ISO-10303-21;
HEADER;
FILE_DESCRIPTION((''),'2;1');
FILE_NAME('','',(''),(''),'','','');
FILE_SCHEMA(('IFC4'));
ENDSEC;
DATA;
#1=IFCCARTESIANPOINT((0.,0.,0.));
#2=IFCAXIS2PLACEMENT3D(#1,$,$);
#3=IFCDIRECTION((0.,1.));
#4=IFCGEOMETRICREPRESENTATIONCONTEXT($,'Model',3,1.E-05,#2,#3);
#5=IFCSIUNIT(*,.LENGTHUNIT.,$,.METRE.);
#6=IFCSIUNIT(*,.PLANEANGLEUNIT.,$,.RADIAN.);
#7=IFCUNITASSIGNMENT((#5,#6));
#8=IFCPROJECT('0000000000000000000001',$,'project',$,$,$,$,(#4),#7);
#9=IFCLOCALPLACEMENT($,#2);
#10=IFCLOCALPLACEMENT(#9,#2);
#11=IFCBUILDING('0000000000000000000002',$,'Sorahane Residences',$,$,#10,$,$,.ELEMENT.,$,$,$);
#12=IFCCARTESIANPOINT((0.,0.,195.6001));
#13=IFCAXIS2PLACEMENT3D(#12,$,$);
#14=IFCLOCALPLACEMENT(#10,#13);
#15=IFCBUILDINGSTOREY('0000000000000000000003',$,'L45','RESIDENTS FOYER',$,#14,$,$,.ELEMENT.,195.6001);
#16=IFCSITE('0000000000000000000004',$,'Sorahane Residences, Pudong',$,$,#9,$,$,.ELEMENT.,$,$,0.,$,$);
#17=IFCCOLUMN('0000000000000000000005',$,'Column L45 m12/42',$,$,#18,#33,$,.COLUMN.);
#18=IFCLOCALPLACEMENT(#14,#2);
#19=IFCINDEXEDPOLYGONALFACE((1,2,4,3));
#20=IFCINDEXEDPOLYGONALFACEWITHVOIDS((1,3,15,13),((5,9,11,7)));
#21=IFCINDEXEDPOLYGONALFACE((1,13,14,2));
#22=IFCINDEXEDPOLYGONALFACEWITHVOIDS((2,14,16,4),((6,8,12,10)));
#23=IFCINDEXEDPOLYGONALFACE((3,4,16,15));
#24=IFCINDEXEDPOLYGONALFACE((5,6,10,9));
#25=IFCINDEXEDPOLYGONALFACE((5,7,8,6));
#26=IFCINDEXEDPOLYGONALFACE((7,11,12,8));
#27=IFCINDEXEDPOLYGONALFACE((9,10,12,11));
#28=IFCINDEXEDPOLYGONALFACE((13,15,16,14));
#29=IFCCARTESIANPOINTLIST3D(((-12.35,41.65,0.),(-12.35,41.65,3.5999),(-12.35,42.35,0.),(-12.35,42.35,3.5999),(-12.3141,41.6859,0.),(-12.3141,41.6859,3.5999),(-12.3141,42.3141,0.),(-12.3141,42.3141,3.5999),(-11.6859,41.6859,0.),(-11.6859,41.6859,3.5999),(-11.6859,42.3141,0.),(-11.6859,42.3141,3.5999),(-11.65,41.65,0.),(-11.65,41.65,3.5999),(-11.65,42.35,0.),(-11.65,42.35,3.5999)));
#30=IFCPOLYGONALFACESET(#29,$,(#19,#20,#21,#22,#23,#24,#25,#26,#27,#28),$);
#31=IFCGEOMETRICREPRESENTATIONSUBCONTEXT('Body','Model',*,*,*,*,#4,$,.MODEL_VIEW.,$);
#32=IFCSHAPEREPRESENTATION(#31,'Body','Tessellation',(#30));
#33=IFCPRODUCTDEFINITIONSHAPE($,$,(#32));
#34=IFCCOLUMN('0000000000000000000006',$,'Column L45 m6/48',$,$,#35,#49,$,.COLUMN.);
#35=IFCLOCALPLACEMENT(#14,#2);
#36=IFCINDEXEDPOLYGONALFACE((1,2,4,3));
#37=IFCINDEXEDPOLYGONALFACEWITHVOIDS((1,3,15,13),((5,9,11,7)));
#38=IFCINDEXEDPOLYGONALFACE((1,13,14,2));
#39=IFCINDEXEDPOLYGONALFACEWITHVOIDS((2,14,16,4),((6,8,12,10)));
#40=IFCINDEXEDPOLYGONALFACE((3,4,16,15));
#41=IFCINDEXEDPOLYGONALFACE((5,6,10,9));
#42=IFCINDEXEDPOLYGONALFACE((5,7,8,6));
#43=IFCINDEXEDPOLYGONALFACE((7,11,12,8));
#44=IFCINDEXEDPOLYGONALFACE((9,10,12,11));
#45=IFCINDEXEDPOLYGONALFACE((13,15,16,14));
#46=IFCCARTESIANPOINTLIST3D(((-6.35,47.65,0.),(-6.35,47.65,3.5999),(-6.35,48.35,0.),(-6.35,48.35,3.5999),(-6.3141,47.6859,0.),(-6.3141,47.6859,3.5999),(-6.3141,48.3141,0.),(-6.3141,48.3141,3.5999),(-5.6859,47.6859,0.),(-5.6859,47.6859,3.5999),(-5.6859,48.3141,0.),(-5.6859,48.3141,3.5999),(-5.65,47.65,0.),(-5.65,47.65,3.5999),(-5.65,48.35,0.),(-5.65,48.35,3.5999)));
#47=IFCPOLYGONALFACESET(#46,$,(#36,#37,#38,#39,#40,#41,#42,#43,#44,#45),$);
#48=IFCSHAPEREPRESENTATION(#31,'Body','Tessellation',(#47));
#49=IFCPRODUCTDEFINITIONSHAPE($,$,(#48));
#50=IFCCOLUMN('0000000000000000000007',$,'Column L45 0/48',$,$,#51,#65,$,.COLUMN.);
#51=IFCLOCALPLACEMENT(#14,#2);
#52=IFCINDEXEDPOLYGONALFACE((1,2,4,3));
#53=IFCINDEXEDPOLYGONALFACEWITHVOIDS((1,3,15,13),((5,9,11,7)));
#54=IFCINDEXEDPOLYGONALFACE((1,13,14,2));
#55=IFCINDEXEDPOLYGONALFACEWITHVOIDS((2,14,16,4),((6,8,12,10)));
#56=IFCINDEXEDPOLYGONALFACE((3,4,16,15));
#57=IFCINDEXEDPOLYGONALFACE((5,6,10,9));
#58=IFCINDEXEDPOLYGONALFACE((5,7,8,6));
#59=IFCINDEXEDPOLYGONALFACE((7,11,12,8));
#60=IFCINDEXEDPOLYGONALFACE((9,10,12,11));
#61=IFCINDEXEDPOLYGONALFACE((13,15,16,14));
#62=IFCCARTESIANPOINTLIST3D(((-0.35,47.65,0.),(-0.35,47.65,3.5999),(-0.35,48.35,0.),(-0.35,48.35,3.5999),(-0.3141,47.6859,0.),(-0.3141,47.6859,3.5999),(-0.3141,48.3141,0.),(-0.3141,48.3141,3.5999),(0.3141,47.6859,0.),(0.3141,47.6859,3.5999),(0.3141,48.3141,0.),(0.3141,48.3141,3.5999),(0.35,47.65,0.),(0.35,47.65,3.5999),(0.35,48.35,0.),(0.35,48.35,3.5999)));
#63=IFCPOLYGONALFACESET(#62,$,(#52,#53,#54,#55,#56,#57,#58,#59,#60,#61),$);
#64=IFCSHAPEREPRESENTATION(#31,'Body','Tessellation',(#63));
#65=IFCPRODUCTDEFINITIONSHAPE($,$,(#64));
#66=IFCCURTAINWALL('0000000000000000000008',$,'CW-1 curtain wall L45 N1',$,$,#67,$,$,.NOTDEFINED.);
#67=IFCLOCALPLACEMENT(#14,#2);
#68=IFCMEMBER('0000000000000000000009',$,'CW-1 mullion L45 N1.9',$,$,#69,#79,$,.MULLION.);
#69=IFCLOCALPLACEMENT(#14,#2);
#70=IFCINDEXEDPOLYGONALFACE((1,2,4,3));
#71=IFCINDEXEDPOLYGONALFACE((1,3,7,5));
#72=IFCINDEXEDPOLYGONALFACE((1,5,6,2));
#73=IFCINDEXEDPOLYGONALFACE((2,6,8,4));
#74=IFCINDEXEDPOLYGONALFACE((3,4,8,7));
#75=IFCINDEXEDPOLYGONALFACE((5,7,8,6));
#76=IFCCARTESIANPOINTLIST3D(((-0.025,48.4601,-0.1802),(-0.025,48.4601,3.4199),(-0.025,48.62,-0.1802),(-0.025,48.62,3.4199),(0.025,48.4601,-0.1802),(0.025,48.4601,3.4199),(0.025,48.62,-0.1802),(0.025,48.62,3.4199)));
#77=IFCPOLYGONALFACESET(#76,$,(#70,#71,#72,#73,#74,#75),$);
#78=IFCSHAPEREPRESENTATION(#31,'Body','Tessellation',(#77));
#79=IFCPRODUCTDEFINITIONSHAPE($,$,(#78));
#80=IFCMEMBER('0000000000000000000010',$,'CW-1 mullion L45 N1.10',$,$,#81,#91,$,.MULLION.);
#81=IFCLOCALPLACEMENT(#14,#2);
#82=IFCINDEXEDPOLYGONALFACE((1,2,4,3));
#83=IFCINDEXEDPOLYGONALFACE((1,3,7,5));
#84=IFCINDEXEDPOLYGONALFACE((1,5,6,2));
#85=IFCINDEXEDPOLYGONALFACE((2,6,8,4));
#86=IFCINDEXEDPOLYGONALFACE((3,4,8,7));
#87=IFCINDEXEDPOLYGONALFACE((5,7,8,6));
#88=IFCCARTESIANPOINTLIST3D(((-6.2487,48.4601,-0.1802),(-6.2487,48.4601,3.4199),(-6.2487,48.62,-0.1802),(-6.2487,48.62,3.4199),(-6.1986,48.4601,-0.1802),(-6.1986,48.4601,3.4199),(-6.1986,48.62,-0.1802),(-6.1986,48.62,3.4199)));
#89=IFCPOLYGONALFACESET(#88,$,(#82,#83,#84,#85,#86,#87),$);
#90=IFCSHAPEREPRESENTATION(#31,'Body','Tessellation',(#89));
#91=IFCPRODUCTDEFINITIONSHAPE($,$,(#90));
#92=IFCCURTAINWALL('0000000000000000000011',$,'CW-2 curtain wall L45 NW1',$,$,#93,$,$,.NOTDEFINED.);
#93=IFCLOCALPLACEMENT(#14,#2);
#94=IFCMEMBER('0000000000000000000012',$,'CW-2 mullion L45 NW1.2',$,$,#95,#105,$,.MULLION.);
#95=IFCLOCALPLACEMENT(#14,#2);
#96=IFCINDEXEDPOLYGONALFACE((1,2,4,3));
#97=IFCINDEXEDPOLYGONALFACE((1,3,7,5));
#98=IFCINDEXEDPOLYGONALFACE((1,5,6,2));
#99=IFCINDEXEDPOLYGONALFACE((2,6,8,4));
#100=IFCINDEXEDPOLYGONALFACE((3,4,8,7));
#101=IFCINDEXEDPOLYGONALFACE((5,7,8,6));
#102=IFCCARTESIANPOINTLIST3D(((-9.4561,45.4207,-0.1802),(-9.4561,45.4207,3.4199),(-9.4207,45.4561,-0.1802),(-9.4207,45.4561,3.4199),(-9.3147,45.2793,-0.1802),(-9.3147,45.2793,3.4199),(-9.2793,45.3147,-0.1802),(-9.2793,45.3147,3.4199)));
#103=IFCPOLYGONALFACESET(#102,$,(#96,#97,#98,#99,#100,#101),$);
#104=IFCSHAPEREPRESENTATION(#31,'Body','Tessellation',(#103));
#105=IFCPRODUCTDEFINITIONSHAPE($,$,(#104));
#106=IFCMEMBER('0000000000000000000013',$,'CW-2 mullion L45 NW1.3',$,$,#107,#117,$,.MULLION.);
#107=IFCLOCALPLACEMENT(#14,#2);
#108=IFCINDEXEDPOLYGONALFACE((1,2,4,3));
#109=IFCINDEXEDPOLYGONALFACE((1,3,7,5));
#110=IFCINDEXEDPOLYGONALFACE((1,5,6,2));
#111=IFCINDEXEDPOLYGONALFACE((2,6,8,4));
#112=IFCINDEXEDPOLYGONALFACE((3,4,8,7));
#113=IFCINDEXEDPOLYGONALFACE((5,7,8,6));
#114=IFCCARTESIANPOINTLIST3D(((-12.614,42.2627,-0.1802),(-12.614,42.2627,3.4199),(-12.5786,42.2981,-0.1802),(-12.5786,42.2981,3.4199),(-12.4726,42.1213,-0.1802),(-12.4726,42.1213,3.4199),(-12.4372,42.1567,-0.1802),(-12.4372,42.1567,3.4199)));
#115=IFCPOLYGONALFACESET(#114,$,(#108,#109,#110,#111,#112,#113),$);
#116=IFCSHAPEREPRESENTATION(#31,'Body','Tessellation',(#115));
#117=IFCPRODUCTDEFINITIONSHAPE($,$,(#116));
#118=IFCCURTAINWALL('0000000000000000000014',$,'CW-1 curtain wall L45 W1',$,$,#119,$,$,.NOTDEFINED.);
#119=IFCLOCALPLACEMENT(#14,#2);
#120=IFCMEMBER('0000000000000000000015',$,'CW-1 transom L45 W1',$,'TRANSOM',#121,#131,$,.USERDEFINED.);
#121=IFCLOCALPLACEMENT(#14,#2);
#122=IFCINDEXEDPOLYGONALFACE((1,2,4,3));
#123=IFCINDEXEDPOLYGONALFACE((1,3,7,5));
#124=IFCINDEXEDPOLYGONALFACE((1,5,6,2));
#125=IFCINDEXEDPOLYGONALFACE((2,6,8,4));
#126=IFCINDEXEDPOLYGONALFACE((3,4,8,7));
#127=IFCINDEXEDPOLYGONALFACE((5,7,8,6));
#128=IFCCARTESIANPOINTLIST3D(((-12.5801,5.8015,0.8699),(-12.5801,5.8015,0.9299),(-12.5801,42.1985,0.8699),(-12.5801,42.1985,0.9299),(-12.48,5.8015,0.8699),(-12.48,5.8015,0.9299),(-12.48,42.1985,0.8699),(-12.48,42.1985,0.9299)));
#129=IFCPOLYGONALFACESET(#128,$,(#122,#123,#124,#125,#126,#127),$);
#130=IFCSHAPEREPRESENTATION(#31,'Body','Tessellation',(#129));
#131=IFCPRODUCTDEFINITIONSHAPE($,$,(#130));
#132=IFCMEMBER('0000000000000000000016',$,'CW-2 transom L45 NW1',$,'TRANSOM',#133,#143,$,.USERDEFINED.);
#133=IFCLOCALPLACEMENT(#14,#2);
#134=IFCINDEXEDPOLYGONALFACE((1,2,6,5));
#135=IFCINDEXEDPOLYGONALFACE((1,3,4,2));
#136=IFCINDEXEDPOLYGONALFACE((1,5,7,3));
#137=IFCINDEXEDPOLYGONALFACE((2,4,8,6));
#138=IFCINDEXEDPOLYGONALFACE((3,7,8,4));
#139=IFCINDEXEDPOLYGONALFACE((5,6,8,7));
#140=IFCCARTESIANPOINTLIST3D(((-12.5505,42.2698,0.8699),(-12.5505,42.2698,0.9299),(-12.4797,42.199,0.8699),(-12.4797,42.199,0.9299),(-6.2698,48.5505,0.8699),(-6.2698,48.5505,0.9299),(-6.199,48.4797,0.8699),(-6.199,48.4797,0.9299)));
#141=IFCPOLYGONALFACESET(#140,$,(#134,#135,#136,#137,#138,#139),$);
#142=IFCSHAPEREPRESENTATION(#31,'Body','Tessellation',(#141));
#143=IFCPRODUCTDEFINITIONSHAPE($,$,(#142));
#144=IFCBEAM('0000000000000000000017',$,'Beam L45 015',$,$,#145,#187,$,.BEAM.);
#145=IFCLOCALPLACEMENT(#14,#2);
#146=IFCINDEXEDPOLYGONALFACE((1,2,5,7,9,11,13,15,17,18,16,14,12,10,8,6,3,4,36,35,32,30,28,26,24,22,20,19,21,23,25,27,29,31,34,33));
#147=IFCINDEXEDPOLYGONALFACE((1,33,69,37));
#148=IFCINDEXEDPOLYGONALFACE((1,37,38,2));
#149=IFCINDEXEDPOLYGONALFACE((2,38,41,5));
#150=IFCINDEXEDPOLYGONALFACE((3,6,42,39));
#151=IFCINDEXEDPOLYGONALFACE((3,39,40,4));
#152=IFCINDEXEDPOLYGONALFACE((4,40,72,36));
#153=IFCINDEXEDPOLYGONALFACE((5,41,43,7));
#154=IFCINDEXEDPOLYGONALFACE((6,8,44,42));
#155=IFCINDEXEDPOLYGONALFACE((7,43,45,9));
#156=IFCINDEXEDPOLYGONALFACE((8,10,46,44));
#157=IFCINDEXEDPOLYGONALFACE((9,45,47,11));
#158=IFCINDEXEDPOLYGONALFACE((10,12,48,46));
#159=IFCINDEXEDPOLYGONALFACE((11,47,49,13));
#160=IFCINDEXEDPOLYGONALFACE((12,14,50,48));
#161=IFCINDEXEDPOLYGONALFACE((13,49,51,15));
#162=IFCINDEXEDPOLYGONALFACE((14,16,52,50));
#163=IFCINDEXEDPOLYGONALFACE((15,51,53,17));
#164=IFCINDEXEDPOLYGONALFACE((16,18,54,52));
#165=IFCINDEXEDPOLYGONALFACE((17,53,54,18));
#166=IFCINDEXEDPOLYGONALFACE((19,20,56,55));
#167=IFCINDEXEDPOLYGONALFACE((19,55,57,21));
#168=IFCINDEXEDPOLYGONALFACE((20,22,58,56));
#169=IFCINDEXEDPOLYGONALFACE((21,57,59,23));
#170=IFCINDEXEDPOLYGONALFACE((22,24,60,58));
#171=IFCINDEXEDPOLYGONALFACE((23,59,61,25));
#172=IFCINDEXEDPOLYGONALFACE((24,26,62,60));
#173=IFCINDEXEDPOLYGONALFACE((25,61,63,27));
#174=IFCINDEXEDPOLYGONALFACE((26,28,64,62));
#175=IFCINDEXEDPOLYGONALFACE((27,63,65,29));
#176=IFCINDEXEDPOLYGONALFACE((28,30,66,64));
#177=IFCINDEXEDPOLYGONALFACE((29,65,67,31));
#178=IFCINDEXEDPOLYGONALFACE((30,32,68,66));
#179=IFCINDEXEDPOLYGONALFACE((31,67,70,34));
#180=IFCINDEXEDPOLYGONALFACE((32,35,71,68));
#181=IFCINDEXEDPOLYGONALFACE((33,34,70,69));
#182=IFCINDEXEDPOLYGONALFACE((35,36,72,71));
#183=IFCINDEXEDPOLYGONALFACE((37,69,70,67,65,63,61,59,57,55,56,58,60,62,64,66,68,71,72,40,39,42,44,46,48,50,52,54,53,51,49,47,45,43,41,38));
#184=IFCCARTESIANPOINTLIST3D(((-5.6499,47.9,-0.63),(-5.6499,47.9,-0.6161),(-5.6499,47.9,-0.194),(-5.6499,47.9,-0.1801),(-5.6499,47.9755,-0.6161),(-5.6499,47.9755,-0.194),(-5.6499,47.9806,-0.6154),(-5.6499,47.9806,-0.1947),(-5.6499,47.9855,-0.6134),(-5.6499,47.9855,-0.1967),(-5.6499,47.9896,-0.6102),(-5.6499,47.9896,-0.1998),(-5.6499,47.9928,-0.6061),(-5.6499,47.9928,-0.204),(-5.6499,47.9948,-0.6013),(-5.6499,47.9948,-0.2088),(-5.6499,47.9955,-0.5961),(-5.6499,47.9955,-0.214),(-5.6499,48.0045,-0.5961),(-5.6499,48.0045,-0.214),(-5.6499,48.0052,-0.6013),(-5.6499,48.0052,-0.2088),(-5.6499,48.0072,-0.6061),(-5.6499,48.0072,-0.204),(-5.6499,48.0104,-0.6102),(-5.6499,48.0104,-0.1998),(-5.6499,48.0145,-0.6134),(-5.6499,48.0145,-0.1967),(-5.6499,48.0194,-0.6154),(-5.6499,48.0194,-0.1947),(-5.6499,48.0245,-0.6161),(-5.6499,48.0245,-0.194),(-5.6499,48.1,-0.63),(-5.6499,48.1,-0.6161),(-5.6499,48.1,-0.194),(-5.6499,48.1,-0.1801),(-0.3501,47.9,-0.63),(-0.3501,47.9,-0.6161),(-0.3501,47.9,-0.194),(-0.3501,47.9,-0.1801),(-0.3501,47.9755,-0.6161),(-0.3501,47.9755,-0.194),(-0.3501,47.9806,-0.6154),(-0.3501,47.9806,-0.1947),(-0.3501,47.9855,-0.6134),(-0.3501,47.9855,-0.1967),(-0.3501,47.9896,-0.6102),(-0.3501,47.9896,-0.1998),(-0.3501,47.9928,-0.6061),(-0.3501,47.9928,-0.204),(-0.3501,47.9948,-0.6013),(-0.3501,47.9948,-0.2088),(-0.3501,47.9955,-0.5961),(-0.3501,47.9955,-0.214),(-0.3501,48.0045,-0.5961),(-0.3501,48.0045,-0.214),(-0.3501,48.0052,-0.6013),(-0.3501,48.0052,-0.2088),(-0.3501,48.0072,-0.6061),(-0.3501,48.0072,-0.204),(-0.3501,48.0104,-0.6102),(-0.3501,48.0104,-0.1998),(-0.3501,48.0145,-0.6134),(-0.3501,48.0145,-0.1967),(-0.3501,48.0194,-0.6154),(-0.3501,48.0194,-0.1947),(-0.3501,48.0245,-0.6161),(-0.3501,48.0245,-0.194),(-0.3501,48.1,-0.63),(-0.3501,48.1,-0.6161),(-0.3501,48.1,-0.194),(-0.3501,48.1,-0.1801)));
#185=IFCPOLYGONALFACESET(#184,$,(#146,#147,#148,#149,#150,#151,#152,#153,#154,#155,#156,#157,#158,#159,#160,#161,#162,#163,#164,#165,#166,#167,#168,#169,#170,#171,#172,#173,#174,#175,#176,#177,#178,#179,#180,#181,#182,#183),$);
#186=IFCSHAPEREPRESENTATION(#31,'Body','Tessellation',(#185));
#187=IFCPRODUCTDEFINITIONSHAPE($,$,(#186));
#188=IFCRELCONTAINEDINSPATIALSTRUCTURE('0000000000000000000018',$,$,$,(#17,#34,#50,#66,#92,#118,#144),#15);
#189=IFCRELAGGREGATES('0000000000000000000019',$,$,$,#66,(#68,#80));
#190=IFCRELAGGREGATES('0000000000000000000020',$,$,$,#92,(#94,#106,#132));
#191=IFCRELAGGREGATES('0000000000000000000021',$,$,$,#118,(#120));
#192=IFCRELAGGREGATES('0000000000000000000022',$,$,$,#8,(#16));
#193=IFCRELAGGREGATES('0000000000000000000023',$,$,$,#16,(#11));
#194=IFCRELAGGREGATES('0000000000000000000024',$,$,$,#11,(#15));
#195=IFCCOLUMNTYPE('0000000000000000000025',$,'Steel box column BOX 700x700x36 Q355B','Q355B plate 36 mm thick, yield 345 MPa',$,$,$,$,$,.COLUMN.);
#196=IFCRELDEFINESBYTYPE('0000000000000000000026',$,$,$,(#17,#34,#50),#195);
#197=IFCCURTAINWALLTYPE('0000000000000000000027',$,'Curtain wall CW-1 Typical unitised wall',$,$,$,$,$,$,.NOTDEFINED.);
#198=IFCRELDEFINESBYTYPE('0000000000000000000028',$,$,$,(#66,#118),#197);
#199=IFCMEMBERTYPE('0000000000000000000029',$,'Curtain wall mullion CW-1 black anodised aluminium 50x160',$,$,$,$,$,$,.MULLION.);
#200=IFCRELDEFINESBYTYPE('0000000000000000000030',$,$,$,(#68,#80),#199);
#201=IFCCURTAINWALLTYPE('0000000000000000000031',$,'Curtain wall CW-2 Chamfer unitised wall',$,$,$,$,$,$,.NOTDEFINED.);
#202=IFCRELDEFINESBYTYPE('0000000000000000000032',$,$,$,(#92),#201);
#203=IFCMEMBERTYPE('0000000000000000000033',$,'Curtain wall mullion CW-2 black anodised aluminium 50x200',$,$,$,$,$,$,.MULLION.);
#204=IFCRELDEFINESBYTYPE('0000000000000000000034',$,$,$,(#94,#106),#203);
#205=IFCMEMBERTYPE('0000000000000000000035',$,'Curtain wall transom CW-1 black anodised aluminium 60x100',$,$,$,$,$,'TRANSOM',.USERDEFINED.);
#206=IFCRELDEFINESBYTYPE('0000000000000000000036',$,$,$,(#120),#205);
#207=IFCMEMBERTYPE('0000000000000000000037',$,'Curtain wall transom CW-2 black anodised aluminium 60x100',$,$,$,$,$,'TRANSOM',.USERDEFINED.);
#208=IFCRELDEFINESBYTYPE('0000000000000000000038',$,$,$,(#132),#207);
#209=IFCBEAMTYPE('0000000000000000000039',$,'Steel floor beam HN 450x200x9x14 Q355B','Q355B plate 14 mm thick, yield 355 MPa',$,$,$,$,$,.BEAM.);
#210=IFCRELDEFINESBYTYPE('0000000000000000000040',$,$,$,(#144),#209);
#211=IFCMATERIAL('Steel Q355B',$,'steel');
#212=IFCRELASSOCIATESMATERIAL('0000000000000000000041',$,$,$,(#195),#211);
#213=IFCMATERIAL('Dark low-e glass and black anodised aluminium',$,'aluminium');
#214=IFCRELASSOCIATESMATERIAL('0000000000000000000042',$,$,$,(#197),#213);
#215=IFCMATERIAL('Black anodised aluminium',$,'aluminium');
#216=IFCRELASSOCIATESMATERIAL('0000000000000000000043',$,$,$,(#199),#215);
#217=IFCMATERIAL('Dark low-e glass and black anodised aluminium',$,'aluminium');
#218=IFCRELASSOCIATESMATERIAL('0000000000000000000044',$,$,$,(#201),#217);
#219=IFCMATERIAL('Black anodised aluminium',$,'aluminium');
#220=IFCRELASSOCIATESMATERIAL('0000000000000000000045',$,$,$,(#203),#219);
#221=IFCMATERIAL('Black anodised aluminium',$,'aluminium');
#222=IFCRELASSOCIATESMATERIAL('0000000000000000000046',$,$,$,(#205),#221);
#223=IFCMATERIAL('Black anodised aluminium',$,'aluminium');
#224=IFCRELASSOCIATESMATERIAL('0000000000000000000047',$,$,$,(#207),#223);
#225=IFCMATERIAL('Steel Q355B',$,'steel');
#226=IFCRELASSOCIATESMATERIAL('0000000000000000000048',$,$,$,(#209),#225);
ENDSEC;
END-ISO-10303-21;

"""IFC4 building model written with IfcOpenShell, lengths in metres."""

from ifc_helpers import new_model, si_unit, direction, frame, origin, origin_2d, place, context, subcontext, project, spatial, rectangle, hollow_rectangle, i_section, extrude, material, material_profile, profile_set, type_object, element, aggregate, save


model = new_model("IFC4")

# Units and contexts
model_context = context("Model", 3, precision=1e-05, world=origin(), true_north=direction((0.0, 1.0)))
body_context = subcontext(model_context, "Body", "Model", "MODEL_VIEW")
ifc_project = project(units=[si_unit("LENGTHUNIT", "METRE"), si_unit("PLANEANGLEUNIT", "RADIAN")], contexts=[model_context])

# Site, building, storey
site_placement = place(None, origin())
site = spatial("IfcSite", under=ifc_project, at=site_placement, Name="Sorahane Residences, Pudong", CompositionType="ELEMENT", RefElevation=0.0)
building_placement = place(site_placement, origin())
building = spatial("IfcBuilding", under=site, at=building_placement, Name="Sorahane Residences", CompositionType="ELEMENT")
storey_placement = place(building_placement, frame((0.0, 0.0, 195.6001)))
storey = spatial("IfcBuildingStorey", under=building, at=storey_placement, Name="L45", Description="RESIDENTS FOYER", CompositionType="ELEMENT", Elevation=195.6001)

# Columns
ifc_material_1 = material(Name="Steel Q355B", Category="steel")
ifc_material_profile_1 = material_profile(ifc_material_1, hollow_rectangle(XDim=0.7, YDim=0.7, WallThickness=0.0359, at=origin_2d()), Name="BOX 700x700x36")
ifc_profile_set_1 = profile_set([ifc_material_profile_1], Name="Steel Q355B")
column_type = type_object("IfcColumnType", Name="Steel box column BOX 700x700x36 Q355B", Description="Q355B plate 36 mm thick, yield 345 MPa", PredefinedType="COLUMN", material=ifc_profile_set_1)
for number, where, z_axis, x_axis, name in (
    (1, (-12.0, 42.0, 0.0), (0.0, 0.0, 1.0), (1.0, 0.0, 0.0), "Column L45 m12/42"),
    (2, (-6.0, 48.0, 0.0), (0.0, 0.0, 1.0), (1.0, 0.0, 0.0), "Column L45 m6/48"),
    (3, (0.0, 48.0, 0.0), (0.0, 0.0, 1.0), (1.0, 0.0, 0.0), "Column L45 0/48"),
):
    element("IfcColumn", number, at=place(storey_placement, frame(where, z_axis=z_axis, x_axis=x_axis)), inside=storey, type_object=column_type, Name=name, PredefinedType="COLUMN", context=body_context, shape_type="SweptSolid", body=[
        extrude(hollow_rectangle(XDim=0.7, YDim=0.7, WallThickness=0.0359, at=origin_2d()), origin(), (0.0, 0.0, 1.0), 3.5999),
    ])

# Curtain walls, members
ifc_material_2 = material(Name="Dark low-e glass and black anodised aluminium", Category="aluminium")
curtain_wall_type_1 = type_object("IfcCurtainWallType", Name="Curtain wall CW-1 Typical unitised wall", PredefinedType="NOTDEFINED", material=ifc_material_2)
curtain_wall_1_placement = place(storey_placement, origin())
curtain_wall_1 = element("IfcCurtainWall", 4, at=curtain_wall_1_placement, inside=storey, type_object=curtain_wall_type_1, Name="CW-1 curtain wall L45 N1", PredefinedType="NOTDEFINED")
ifc_material_3 = material(Name="Black anodised aluminium", Category="aluminium")
ifc_material_profile_2 = material_profile(ifc_material_3, rectangle(XDim=0.1599, YDim=0.05, at=origin_2d()), Name="Curtain wall mullion CW-1 black anodised aluminium 50x160")
ifc_profile_set_2 = profile_set([ifc_material_profile_2], Name="Black anodised aluminium")
member_type_1 = type_object("IfcMemberType", Name="Curtain wall mullion CW-1 black anodised aluminium 50x160", PredefinedType="MULLION", material=ifc_profile_set_2)
member_1_placement = place(storey_placement, frame((0.0, 48.54, -0.1802), z_axis=(0.0, 0.0, 1.0), x_axis=(0.0, 1.0, 0.0)))
member_1 = element("IfcMember", 5, at=member_1_placement, type_object=member_type_1, Name="CW-1 mullion L45 N1.9", PredefinedType="MULLION", context=body_context, shape_type="SweptSolid", body=[
    extrude(rectangle(XDim=0.1599, YDim=0.05, at=origin_2d()), origin(), (0.0, 0.0, 1.0), 3.6001),
])
member_2_placement = place(storey_placement, frame((-6.2236, 48.54, -0.1802), z_axis=(0.0, 0.0, 1.0), x_axis=(0.0, 1.0, 0.0)))
member_2 = element("IfcMember", 6, at=member_2_placement, type_object=member_type_1, Name="CW-1 mullion L45 N1.10", PredefinedType="MULLION", context=body_context, shape_type="SweptSolid", body=[
    extrude(rectangle(XDim=0.1599, YDim=0.05, at=origin_2d()), origin(), (0.0, 0.0, 1.0), 3.6001),
])
ifc_material_4 = material(Name="Dark low-e glass and black anodised aluminium", Category="aluminium")
curtain_wall_type_2 = type_object("IfcCurtainWallType", Name="Curtain wall CW-2 Chamfer unitised wall", PredefinedType="NOTDEFINED", material=ifc_material_4)
curtain_wall_2_placement = place(storey_placement, origin())
curtain_wall_2 = element("IfcCurtainWall", 7, at=curtain_wall_2_placement, inside=storey, type_object=curtain_wall_type_2, Name="CW-2 curtain wall L45 NW1", PredefinedType="NOTDEFINED")
ifc_material_5 = material(Name="Black anodised aluminium", Category="aluminium")
ifc_material_profile_3 = material_profile(ifc_material_5, rectangle(XDim=0.2, YDim=0.05, at=origin_2d()), Name="Curtain wall mullion CW-2 black anodised aluminium 50x200")
ifc_profile_set_3 = profile_set([ifc_material_profile_3], Name="Black anodised aluminium")
member_type_2 = type_object("IfcMemberType", Name="Curtain wall mullion CW-2 black anodised aluminium 50x200", PredefinedType="MULLION", material=ifc_profile_set_3)
member_3_placement = place(storey_placement, frame((-9.3677, 45.3677, -0.1802), z_axis=(0.0, 0.0, 1.0), x_axis=(-0.707107, 0.707107, 0.0)))
member_3 = element("IfcMember", 8, at=member_3_placement, type_object=member_type_2, Name="CW-2 mullion L45 NW1.2", PredefinedType="MULLION", context=body_context, shape_type="SweptSolid", body=[
    extrude(rectangle(XDim=0.2, YDim=0.05, at=origin_2d()), origin(), (0.0, 0.0, 1.0), 3.6001),
])
member_4_placement = place(storey_placement, frame((-12.5256, 42.2097, -0.1802), z_axis=(0.0, 0.0, 1.0), x_axis=(-0.707107, 0.707107, 0.0)))
member_4 = element("IfcMember", 9, at=member_4_placement, type_object=member_type_2, Name="CW-2 mullion L45 NW1.3", PredefinedType="MULLION", context=body_context, shape_type="SweptSolid", body=[
    extrude(rectangle(XDim=0.2, YDim=0.05, at=origin_2d()), origin(), (0.0, 0.0, 1.0), 3.6001),
])

# Curtain wall, member
curtain_wall_3_placement = place(storey_placement, origin())
curtain_wall_3 = element("IfcCurtainWall", 10, at=curtain_wall_3_placement, inside=storey, type_object=curtain_wall_type_1, Name="CW-1 curtain wall L45 W1", PredefinedType="NOTDEFINED")
ifc_material_6 = material(Name="Black anodised aluminium", Category="aluminium")
ifc_material_profile_4 = material_profile(ifc_material_6, rectangle(XDim=0.1001, YDim=0.0601, at=origin_2d()), Name="Curtain wall transom CW-1 black anodised aluminium 60x100")
ifc_profile_set_4 = profile_set([ifc_material_profile_4], Name="Black anodised aluminium")
member_type_3 = type_object("IfcMemberType", Name="Curtain wall transom CW-1 black anodised aluminium 60x100", ElementType="TRANSOM", PredefinedType="USERDEFINED", material=ifc_profile_set_4)
member_5_placement = place(storey_placement, frame((-12.53, 42.1985, 0.8999), z_axis=(0.0, -1.0, 0.0), x_axis=(1.0, 0.0, 0.0)))
member_5 = element("IfcMember", 11, at=member_5_placement, type_object=member_type_3, Name="CW-1 transom L45 W1", ObjectType="TRANSOM", PredefinedType="USERDEFINED", context=body_context, shape_type="SweptSolid", body=[
    extrude(rectangle(XDim=0.1001, YDim=0.0601, at=origin_2d()), origin(), (0.0, 0.0, 1.0), 36.397),
])

# Member
ifc_material_7 = material(Name="Black anodised aluminium", Category="aluminium")
ifc_material_profile_5 = material_profile(ifc_material_7, rectangle(XDim=0.1001, YDim=0.0601, at=origin_2d()), Name="Curtain wall transom CW-2 black anodised aluminium 60x100")
ifc_profile_set_5 = profile_set([ifc_material_profile_5], Name="Black anodised aluminium")
member_type_4 = type_object("IfcMemberType", Name="Curtain wall transom CW-2 black anodised aluminium 60x100", ElementType="TRANSOM", PredefinedType="USERDEFINED", material=ifc_profile_set_5)
member_6_placement = place(storey_placement, frame((-6.2344, 48.5151, 0.8999), z_axis=(-0.707107, -0.707107, 0.0), x_axis=(0.707107, -0.707107, 0.0)))
member_6 = element("IfcMember", 12, at=member_6_placement, type_object=member_type_4, Name="CW-2 transom L45 NW1", ObjectType="TRANSOM", PredefinedType="USERDEFINED", context=body_context, shape_type="SweptSolid", body=[
    extrude(rectangle(XDim=0.1001, YDim=0.0601, at=origin_2d()), origin(), (0.0, 0.0, 1.0), 8.8823),
])

# Beam
ifc_material_8 = material(Name="Steel Q355B", Category="steel")
ifc_material_profile_6 = material_profile(ifc_material_8, i_section(OverallWidth=0.2, OverallDepth=0.45, WebThickness=0.009, FlangeThickness=0.0139, FilletRadius=0.02, at=origin_2d()), Name="HN 450x200x9x14")
ifc_profile_set_6 = profile_set([ifc_material_profile_6], Name="Steel Q355B")
beam_type_1 = type_object("IfcBeamType", Name="Steel floor beam HN 450x200x9x14 Q355B", Description="Q355B plate 14 mm thick, yield 355 MPa", PredefinedType="BEAM", material=ifc_profile_set_6)
for number, where, z_axis, x_axis, name in (
    (13, (-5.6499, 48.0, -0.405), (1.0, 0.0, 0.0), (0.0, 1.0, 0.0), "Beam L45 015"),
):
    element("IfcBeam", number, at=place(storey_placement, frame(where, z_axis=z_axis, x_axis=x_axis)), inside=storey, type_object=beam_type_1, Name=name, PredefinedType="BEAM", context=body_context, shape_type="SweptSolid", body=[
        extrude(i_section(OverallWidth=0.2, OverallDepth=0.45, WebThickness=0.009, FlangeThickness=0.0139, FilletRadius=0.02, at=origin_2d()), origin(), (0.0, 0.0, 1.0), 5.2998),
    ])

aggregate(curtain_wall_1, [member_1, member_2])
aggregate(curtain_wall_2, [member_3, member_4, member_6])
aggregate(curtain_wall_3, [member_5])

save(model, "model.ifc")
